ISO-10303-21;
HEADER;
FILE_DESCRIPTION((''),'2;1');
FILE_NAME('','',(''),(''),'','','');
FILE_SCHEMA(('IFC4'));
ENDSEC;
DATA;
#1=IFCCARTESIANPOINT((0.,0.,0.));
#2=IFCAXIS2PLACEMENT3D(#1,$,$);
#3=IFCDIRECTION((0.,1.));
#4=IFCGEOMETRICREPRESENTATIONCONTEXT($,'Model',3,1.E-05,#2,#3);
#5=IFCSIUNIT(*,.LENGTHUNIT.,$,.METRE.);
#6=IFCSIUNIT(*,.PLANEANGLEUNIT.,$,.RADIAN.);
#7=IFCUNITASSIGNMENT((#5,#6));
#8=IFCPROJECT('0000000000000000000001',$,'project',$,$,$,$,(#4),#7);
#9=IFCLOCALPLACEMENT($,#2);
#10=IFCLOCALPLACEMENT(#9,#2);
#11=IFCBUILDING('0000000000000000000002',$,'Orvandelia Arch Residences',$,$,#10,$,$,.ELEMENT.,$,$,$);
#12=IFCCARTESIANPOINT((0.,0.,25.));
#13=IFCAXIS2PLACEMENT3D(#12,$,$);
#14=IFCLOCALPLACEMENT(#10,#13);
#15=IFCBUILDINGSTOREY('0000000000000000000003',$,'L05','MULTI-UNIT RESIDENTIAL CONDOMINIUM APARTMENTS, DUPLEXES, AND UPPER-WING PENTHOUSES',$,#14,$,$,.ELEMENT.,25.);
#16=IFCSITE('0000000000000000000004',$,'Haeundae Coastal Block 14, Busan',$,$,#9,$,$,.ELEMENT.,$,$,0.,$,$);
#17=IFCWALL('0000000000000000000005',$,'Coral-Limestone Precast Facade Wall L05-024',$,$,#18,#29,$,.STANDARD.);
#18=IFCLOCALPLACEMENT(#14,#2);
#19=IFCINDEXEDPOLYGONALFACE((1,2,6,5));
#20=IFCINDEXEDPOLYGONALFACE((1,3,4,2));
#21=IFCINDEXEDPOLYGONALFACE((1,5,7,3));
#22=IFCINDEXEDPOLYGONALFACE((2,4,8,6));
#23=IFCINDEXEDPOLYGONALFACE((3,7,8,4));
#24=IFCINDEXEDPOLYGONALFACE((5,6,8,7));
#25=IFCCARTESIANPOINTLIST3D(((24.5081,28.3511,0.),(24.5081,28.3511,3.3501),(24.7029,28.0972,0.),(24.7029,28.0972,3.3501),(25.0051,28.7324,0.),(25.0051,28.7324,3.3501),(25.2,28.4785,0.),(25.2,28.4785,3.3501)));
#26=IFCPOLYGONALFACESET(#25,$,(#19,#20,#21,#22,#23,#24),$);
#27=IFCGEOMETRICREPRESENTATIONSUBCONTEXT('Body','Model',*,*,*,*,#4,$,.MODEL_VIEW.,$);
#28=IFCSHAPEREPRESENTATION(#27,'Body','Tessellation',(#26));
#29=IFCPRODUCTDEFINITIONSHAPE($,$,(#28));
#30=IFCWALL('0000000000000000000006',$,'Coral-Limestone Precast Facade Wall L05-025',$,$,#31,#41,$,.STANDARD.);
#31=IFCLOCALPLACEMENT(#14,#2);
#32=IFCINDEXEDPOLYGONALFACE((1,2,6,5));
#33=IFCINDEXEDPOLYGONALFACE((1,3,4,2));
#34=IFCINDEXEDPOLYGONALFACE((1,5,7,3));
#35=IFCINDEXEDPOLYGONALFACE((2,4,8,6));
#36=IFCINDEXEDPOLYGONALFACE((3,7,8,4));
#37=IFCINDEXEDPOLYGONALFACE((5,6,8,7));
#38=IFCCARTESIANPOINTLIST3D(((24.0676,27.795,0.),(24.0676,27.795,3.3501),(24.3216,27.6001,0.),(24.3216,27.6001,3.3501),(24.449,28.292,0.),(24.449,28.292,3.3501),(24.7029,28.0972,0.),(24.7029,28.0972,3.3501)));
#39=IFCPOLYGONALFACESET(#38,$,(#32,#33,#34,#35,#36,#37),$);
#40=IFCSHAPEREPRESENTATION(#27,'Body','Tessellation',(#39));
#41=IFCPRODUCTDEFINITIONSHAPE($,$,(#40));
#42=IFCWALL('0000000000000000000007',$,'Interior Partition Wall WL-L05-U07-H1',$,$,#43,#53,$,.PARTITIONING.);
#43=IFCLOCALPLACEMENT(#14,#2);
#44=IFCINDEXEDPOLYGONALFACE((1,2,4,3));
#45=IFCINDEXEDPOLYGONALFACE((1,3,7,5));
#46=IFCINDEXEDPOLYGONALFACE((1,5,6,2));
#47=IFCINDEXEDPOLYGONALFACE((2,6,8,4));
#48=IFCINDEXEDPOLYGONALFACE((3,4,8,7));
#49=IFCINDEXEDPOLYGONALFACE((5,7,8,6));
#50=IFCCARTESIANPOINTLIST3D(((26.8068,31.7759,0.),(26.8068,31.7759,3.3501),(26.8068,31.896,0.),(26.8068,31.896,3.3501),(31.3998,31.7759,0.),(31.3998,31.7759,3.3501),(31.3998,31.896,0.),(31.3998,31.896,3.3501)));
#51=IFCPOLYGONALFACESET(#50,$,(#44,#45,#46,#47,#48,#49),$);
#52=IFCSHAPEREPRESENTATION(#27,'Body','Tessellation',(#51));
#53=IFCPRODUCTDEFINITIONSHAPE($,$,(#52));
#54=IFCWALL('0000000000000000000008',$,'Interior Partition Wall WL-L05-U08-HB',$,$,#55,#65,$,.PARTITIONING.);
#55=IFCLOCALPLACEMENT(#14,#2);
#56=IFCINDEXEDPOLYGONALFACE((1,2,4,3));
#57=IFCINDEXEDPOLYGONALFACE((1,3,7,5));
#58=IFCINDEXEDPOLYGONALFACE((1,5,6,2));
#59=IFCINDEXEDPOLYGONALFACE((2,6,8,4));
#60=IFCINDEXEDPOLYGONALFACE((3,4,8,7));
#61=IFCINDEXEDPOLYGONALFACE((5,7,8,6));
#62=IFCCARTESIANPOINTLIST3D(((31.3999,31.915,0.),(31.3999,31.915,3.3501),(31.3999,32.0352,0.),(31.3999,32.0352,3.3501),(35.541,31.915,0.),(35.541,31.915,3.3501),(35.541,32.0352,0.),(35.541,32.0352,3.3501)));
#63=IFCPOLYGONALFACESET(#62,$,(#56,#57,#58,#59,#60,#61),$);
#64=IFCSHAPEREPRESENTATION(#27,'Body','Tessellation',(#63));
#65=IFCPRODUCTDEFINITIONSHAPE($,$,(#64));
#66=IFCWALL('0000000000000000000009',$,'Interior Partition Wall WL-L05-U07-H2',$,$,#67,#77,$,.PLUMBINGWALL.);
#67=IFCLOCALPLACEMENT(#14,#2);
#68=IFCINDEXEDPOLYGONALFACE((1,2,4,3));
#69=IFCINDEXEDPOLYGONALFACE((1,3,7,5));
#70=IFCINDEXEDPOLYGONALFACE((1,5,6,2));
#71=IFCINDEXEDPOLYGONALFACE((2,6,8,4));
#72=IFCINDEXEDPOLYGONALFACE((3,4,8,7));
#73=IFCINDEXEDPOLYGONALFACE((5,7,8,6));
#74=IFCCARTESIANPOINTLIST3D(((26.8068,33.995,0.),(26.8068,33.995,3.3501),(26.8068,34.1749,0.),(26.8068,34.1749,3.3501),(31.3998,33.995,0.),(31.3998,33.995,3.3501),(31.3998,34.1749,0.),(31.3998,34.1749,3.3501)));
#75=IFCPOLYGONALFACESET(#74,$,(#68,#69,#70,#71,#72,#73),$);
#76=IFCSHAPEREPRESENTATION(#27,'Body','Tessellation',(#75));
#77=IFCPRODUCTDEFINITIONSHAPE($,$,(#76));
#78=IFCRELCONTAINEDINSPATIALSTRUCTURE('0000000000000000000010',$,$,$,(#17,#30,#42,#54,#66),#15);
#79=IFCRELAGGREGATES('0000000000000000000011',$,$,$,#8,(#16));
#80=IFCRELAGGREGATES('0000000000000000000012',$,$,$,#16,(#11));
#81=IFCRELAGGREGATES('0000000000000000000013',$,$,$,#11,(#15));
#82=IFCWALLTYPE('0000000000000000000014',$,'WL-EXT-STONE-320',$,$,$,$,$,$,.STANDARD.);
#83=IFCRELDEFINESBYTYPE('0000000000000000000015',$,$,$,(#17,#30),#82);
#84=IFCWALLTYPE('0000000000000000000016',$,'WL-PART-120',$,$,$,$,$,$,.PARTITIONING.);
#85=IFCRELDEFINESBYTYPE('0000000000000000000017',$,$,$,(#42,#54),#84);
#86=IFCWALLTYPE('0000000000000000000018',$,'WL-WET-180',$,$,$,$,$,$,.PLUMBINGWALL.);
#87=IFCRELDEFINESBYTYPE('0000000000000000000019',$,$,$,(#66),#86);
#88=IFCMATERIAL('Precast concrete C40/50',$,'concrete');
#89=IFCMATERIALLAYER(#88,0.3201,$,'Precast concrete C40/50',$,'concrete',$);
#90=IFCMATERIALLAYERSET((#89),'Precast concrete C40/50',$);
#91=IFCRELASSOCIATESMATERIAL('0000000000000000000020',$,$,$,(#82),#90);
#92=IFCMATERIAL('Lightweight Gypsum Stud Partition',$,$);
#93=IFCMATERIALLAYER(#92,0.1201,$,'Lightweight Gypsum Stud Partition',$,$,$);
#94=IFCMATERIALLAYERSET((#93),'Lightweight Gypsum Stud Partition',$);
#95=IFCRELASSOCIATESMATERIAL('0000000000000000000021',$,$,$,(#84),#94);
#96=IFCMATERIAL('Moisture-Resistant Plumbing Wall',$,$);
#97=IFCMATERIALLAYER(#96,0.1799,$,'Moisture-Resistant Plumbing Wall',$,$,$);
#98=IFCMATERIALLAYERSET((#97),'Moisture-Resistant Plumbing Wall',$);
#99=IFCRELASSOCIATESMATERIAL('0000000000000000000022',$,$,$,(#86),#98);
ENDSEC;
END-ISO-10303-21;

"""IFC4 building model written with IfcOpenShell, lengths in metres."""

from ifc_helpers import new_model, si_unit, direction, frame, frame_2d, origin, place, context, subcontext, project, spatial, rectangle, extrude, material, layer, layer_set, type_object, element, save


model = new_model("IFC4")

# Units and contexts
model_context = context("Model", 3, precision=1e-05, world=origin(), true_north=direction((0.0, 1.0)))
body_context = subcontext(model_context, "Body", "Model", "MODEL_VIEW")
ifc_project = project(units=[si_unit("LENGTHUNIT", "METRE"), si_unit("PLANEANGLEUNIT", "RADIAN")], contexts=[model_context])

# Site, building, storey
site_placement = place(None, origin())
site = spatial("IfcSite", under=ifc_project, at=site_placement, Name="Haeundae Coastal Block 14, Busan", CompositionType="ELEMENT", RefElevation=0.0)
building_placement = place(site_placement, origin())
building = spatial("IfcBuilding", under=site, at=building_placement, Name="Orvandelia Arch Residences", CompositionType="ELEMENT")
storey_placement = place(building_placement, frame((0.0, 0.0, 25.0)))
storey = spatial("IfcBuildingStorey", under=building, at=storey_placement, Name="L05", Description="MULTI-UNIT RESIDENTIAL CONDOMINIUM APARTMENTS, DUPLEXES, AND UPPER-WING PENTHOUSES", CompositionType="ELEMENT", Elevation=25.0)

# Walls
ifc_material_1 = material(Name="Precast concrete C40/50", Category="concrete")
ifc_layer_1 = layer(ifc_material_1, 0.3201, Name="Precast concrete C40/50", Category="concrete")
ifc_layer_set_1 = layer_set([ifc_layer_1], Name="Precast concrete C40/50")
wall_type_1 = type_object("IfcWallType", Name="WL-EXT-STONE-320", PredefinedType="STANDARD", material=ifc_layer_set_1)
for number, where, z_axis, x_axis, name in (
    (1, (25.1025, 28.6055, 0.0), (0.0, 0.0, 1.0), (-0.793406, -0.608693, 0.0), "Coral-Limestone Precast Facade Wall L05-024"),
    (2, (24.5759, 28.1946, 0.0), (0.0, 0.0, 1.0), (-0.608693, -0.793406, 0.0), "Coral-Limestone Precast Facade Wall L05-025"),
):
    element("IfcWall", number, at=place(storey_placement, frame(where, z_axis=z_axis, x_axis=x_axis)), inside=storey, type_object=wall_type_1, Name=name, PredefinedType="STANDARD", context=body_context, shape_type="SweptSolid", body=[
        extrude(rectangle(XDim=0.6265, YDim=0.3201, at=frame_2d((0.3132, 0.0))), origin(), (0.0, 0.0, 1.0), 3.3501),
    ])
ifc_material_2 = material(Name="Lightweight Gypsum Stud Partition")
ifc_layer_2 = layer(ifc_material_2, 0.1201, Name="Lightweight Gypsum Stud Partition")
ifc_layer_set_2 = layer_set([ifc_layer_2], Name="Lightweight Gypsum Stud Partition")
wall_type_2 = type_object("IfcWallType", Name="WL-PART-120", PredefinedType="PARTITIONING", material=ifc_layer_set_2)
wall_1_placement = place(storey_placement, frame((26.8069, 31.8359, 0.0), z_axis=(0.0, 0.0, 1.0), x_axis=(1.0, 0.0, 0.0)))
element("IfcWall", 3, at=wall_1_placement, inside=storey, type_object=wall_type_2, Name="Interior Partition Wall WL-L05-U07-H1", PredefinedType="PARTITIONING", context=body_context, shape_type="SweptSolid", body=[
    extrude(rectangle(XDim=4.593, YDim=0.1201, at=frame_2d((2.2964, 0.0))), origin(), (0.0, 0.0, 1.0), 3.3501),
])
wall_2_placement = place(storey_placement, frame((31.3999, 31.9751, 0.0), z_axis=(0.0, 0.0, 1.0), x_axis=(1.0, 0.0, 0.0)))
element("IfcWall", 4, at=wall_2_placement, inside=storey, type_object=wall_type_2, Name="Interior Partition Wall WL-L05-U08-HB", PredefinedType="PARTITIONING", context=body_context, shape_type="SweptSolid", body=[
    extrude(rectangle(XDim=4.1411, YDim=0.1201, at=frame_2d((2.0706, 0.0))), origin(), (0.0, 0.0, 1.0), 3.3501),
])

# Shared definitions
ifc_material_3 = material(Name="Moisture-Resistant Plumbing Wall")
ifc_layer_3 = layer(ifc_material_3, 0.1799, Name="Moisture-Resistant Plumbing Wall")
ifc_layer_set_3 = layer_set([ifc_layer_3], Name="Moisture-Resistant Plumbing Wall")
wall_type_3 = type_object("IfcWallType", Name="WL-WET-180", PredefinedType="PLUMBINGWALL", material=ifc_layer_set_3)

# Wall
wall_3_placement = place(storey_placement, frame((26.8069, 34.085, 0.0), z_axis=(0.0, 0.0, 1.0), x_axis=(1.0, 0.0, 0.0)))
element("IfcWall", 5, at=wall_3_placement, inside=storey, type_object=wall_type_3, Name="Interior Partition Wall WL-L05-U07-H2", PredefinedType="PLUMBINGWALL", context=body_context, shape_type="SweptSolid", body=[
    extrude(rectangle(XDim=4.593, YDim=0.1799, at=frame_2d((2.2964, 0.0))), origin(), (0.0, 0.0, 1.0), 3.3501),
])

save(model, "model.ifc")
